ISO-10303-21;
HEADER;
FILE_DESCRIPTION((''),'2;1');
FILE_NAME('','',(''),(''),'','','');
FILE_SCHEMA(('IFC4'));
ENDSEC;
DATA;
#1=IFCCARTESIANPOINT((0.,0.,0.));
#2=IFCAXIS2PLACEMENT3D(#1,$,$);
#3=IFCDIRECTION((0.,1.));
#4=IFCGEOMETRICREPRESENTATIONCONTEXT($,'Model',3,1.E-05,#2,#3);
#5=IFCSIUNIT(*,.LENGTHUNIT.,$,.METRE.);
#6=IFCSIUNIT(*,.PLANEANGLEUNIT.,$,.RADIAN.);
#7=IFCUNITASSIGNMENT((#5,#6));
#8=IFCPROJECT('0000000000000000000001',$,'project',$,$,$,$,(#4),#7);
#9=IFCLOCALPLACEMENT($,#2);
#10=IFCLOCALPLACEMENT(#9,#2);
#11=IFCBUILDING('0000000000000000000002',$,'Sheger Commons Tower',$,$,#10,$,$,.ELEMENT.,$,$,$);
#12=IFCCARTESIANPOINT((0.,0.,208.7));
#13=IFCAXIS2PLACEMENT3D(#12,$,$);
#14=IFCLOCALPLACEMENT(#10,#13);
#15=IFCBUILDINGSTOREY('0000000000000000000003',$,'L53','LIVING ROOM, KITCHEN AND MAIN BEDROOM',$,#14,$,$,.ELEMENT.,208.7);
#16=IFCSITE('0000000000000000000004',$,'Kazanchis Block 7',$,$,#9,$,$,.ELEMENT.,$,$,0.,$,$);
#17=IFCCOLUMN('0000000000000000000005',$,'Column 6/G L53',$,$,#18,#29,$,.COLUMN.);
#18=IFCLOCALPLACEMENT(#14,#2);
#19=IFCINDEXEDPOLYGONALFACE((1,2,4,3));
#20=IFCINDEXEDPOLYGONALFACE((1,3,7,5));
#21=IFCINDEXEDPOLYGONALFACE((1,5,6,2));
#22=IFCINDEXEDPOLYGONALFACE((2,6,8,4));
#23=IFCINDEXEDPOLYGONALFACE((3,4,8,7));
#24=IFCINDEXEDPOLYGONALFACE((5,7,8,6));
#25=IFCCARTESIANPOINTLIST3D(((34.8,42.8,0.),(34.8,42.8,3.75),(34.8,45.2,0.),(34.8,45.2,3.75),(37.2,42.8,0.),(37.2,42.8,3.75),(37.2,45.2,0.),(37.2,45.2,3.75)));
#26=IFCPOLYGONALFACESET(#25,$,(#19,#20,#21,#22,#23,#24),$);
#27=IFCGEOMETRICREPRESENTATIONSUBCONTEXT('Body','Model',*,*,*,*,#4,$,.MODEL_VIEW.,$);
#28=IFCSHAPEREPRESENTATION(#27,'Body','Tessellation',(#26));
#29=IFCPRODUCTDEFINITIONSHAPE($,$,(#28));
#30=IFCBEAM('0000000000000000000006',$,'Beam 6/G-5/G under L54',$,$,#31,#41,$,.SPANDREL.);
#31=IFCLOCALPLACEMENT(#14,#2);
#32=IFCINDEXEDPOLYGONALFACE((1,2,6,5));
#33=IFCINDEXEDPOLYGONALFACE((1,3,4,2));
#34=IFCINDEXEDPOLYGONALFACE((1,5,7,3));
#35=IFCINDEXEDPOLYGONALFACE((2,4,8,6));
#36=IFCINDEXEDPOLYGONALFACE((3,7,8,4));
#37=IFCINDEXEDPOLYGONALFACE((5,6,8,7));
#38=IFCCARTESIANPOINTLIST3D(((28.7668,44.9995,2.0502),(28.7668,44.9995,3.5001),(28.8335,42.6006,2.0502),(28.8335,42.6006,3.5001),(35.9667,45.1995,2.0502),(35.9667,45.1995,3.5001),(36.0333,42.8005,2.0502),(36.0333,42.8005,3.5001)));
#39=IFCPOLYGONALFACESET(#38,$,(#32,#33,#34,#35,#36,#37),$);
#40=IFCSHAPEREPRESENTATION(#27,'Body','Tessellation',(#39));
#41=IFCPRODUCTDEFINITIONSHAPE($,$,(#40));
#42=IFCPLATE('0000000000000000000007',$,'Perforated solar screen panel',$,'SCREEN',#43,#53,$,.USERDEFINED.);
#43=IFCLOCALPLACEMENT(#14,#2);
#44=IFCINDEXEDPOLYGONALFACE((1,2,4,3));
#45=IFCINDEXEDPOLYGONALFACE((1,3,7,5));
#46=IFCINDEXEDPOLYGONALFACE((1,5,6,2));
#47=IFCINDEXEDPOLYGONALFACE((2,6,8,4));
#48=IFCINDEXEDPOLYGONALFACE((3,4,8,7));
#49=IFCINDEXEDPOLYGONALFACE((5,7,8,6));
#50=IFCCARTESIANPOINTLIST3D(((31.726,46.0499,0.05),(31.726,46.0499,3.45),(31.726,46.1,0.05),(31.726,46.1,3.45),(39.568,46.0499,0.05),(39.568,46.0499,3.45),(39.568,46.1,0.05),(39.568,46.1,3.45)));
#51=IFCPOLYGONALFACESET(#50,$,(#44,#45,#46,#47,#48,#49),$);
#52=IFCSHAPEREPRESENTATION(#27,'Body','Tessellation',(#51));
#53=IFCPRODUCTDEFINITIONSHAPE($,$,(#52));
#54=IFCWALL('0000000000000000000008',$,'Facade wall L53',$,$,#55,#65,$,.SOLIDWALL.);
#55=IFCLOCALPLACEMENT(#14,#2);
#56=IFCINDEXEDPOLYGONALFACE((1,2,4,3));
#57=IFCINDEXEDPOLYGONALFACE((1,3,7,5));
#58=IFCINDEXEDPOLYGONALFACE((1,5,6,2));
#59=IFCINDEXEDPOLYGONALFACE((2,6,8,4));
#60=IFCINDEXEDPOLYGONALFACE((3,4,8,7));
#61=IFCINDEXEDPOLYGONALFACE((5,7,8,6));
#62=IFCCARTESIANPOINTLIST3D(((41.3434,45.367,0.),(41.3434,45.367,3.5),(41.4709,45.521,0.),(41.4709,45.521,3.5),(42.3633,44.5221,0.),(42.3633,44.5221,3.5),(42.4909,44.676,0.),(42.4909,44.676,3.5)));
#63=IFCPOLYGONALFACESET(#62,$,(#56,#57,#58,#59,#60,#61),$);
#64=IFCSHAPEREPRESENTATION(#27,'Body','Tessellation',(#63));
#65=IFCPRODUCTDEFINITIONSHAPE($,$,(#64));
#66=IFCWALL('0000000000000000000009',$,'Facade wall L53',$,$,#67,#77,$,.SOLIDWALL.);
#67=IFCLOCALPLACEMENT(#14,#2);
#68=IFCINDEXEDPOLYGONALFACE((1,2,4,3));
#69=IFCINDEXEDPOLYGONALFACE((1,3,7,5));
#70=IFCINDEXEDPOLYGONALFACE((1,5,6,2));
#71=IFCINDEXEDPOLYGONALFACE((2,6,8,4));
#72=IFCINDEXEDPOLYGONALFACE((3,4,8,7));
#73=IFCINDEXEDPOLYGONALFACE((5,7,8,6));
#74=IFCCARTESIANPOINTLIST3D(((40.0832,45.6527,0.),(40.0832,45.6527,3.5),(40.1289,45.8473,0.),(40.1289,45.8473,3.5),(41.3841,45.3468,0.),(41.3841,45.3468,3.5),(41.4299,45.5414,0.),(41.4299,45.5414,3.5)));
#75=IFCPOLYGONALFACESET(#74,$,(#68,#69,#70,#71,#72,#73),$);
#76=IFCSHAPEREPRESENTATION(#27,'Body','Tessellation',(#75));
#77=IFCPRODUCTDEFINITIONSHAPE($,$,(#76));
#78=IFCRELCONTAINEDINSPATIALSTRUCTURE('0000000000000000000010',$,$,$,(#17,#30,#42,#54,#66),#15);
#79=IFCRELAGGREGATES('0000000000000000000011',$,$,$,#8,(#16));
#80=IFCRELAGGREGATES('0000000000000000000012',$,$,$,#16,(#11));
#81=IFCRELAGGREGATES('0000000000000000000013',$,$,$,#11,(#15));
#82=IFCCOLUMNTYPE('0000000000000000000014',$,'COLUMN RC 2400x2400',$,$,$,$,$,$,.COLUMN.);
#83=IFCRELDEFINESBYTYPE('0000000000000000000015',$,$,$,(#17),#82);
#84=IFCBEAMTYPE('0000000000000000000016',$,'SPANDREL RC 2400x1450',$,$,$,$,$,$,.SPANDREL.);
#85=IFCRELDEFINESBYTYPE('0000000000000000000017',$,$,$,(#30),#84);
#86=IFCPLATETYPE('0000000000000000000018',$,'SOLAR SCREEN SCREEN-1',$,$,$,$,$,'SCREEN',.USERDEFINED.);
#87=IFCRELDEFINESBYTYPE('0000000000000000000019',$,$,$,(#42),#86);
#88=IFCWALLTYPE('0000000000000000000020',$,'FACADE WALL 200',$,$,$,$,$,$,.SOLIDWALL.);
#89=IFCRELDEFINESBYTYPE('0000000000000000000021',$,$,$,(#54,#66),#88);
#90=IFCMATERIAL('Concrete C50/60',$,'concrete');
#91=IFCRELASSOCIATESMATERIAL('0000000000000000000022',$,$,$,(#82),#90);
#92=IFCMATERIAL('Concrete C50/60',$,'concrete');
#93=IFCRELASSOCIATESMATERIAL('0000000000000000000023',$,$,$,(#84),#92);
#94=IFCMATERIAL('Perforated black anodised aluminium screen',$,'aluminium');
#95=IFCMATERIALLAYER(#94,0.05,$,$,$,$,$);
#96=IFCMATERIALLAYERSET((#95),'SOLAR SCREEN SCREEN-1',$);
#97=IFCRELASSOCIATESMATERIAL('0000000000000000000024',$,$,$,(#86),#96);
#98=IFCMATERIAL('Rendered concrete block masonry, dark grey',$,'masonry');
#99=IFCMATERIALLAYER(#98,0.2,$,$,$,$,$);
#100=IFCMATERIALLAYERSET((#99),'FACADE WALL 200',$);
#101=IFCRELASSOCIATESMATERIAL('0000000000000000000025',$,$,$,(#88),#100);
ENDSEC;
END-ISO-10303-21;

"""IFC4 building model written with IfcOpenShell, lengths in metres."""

from ifc_helpers import new_model, si_unit, direction, frame, frame_2d, origin, origin_2d, place, context, subcontext, project, spatial, rectangle, extrude, material, layer, layer_set, material_profile, profile_set, type_object, element, save


model = new_model("IFC4")

# Units and contexts
model_context = context("Model", 3, precision=1e-05, world=origin(), true_north=direction((0.0, 1.0)))
body_context = subcontext(model_context, "Body", "Model", "MODEL_VIEW")
ifc_project = project(units=[si_unit("LENGTHUNIT", "METRE"), si_unit("PLANEANGLEUNIT", "RADIAN")], contexts=[model_context])

# Site, building, storey
site_placement = place(None, origin())
site = spatial("IfcSite", under=ifc_project, at=site_placement, Name="Kazanchis Block 7", CompositionType="ELEMENT", RefElevation=0.0)
building_placement = place(site_placement, origin())
building = spatial("IfcBuilding", under=site, at=building_placement, Name="Sheger Commons Tower", CompositionType="ELEMENT")
storey_placement = place(building_placement, frame((0.0, 0.0, 208.7)))
storey = spatial("IfcBuildingStorey", under=building, at=storey_placement, Name="L53", Description="LIVING ROOM, KITCHEN AND MAIN BEDROOM", CompositionType="ELEMENT", Elevation=208.7)

# Column
ifc_material_1 = material(Name="Concrete C50/60", Category="concrete")
ifc_material_profile_1 = material_profile(ifc_material_1, rectangle(XDim=2.3999, YDim=2.3999, at=origin_2d()), Name="RC 2400x2400")
ifc_profile_set_1 = profile_set([ifc_material_profile_1], Name="Concrete C50/60")
column_type = type_object("IfcColumnType", Name="COLUMN RC 2400x2400", PredefinedType="COLUMN", material=ifc_profile_set_1)
column_placement = place(storey_placement, frame((36.0, 44.0, 0.0), z_axis=(0.0, 0.0, 1.0), x_axis=(1.0, 0.0, 0.0)))
element("IfcColumn", 1, at=column_placement, inside=storey, type_object=column_type, Name="Column 6/G L53", PredefinedType="COLUMN", context=body_context, shape_type="SweptSolid", body=[
    extrude(rectangle(XDim=2.3999, YDim=2.3999, at=origin_2d()), origin(), (0.0, 0.0, 1.0), 3.75),
])

# Beam
ifc_material_2 = material(Name="Concrete C50/60", Category="concrete")
ifc_material_profile_2 = material_profile(ifc_material_2, rectangle(XDim=2.3999, YDim=1.45, at=origin_2d()), Name="RC 2400x1450")
ifc_profile_set_2 = profile_set([ifc_material_profile_2], Name="Concrete C50/60")
beam_type = type_object("IfcBeamType", Name="SPANDREL RC 2400x1450", PredefinedType="SPANDREL", material=ifc_profile_set_2)
beam_placement = place(storey_placement, frame((36.0, 44.0, 2.7751), z_axis=(-0.999615, -0.02776, 0.0), x_axis=(0.02776, -0.999615, 0.0)))
element("IfcBeam", 2, at=beam_placement, inside=storey, type_object=beam_type, Name="Beam 6/G-5/G under L54", PredefinedType="SPANDREL", context=body_context, shape_type="SweptSolid", body=[
    extrude(rectangle(XDim=2.3999, YDim=1.45, at=origin_2d()), origin(), (0.0, 0.0, 1.0), 7.2026),
])

# Plate
ifc_material_3 = material(Name="Perforated black anodised aluminium screen", Category="aluminium")
ifc_layer_1 = layer(ifc_material_3, 0.05)
ifc_layer_set_1 = layer_set([ifc_layer_1], Name="SOLAR SCREEN SCREEN-1")
plate_type = type_object("IfcPlateType", Name="SOLAR SCREEN SCREEN-1", ElementType="SCREEN", PredefinedType="USERDEFINED", material=ifc_layer_set_1)
plate_placement = place(storey_placement, frame((35.647, 46.075, 0.05), z_axis=(0.0, 0.0, 1.0), x_axis=(-1.0, 0.0, 0.0)))
element("IfcPlate", 3, at=plate_placement, inside=storey, type_object=plate_type, Name="Perforated solar screen panel", ObjectType="SCREEN", PredefinedType="USERDEFINED", context=body_context, shape_type="SweptSolid", body=[
    extrude(rectangle(XDim=7.842, YDim=0.05, at=origin_2d()), origin(), (0.0, 0.0, 1.0), 3.3999),
])

# Walls
ifc_material_4 = material(Name="Rendered concrete block masonry, dark grey", Category="masonry")
ifc_layer_2 = layer(ifc_material_4, 0.2)
ifc_layer_set_2 = layer_set([ifc_layer_2], Name="FACADE WALL 200")
wall_type_1 = type_object("IfcWallType", Name="FACADE WALL 200", PredefinedType="SOLIDWALL", material=ifc_layer_set_2)
wall_1_placement = place(storey_placement, frame((42.427, 44.5991, 0.0), z_axis=(0.0, 0.0, 1.0), x_axis=(-0.770091, 0.637934, 0.0)))
element("IfcWall", 4, at=wall_1_placement, inside=storey, type_object=wall_type_1, Name="Facade wall L53", PredefinedType="SOLIDWALL", context=body_context, shape_type="SweptSolid", body=[
    extrude(rectangle(XDim=1.3245, YDim=0.2, at=frame_2d((0.6621, 0.0))), origin(), (0.0, 0.0, 1.0), 3.5),
])
wall_2_placement = place(storey_placement, frame((41.407, 45.4441, 0.0), z_axis=(0.0, 0.0, 1.0), x_axis=(-0.973453, 0.228887, 0.0)))
element("IfcWall", 5, at=wall_2_placement, inside=storey, type_object=wall_type_1, Name="Facade wall L53", PredefinedType="SOLIDWALL", context=body_context, shape_type="SweptSolid", body=[
    extrude(rectangle(XDim=1.3364, YDim=0.2, at=frame_2d((0.6682, 0.0))), origin(), (0.0, 0.0, 1.0), 3.5),
])

save(model, "model.ifc")
